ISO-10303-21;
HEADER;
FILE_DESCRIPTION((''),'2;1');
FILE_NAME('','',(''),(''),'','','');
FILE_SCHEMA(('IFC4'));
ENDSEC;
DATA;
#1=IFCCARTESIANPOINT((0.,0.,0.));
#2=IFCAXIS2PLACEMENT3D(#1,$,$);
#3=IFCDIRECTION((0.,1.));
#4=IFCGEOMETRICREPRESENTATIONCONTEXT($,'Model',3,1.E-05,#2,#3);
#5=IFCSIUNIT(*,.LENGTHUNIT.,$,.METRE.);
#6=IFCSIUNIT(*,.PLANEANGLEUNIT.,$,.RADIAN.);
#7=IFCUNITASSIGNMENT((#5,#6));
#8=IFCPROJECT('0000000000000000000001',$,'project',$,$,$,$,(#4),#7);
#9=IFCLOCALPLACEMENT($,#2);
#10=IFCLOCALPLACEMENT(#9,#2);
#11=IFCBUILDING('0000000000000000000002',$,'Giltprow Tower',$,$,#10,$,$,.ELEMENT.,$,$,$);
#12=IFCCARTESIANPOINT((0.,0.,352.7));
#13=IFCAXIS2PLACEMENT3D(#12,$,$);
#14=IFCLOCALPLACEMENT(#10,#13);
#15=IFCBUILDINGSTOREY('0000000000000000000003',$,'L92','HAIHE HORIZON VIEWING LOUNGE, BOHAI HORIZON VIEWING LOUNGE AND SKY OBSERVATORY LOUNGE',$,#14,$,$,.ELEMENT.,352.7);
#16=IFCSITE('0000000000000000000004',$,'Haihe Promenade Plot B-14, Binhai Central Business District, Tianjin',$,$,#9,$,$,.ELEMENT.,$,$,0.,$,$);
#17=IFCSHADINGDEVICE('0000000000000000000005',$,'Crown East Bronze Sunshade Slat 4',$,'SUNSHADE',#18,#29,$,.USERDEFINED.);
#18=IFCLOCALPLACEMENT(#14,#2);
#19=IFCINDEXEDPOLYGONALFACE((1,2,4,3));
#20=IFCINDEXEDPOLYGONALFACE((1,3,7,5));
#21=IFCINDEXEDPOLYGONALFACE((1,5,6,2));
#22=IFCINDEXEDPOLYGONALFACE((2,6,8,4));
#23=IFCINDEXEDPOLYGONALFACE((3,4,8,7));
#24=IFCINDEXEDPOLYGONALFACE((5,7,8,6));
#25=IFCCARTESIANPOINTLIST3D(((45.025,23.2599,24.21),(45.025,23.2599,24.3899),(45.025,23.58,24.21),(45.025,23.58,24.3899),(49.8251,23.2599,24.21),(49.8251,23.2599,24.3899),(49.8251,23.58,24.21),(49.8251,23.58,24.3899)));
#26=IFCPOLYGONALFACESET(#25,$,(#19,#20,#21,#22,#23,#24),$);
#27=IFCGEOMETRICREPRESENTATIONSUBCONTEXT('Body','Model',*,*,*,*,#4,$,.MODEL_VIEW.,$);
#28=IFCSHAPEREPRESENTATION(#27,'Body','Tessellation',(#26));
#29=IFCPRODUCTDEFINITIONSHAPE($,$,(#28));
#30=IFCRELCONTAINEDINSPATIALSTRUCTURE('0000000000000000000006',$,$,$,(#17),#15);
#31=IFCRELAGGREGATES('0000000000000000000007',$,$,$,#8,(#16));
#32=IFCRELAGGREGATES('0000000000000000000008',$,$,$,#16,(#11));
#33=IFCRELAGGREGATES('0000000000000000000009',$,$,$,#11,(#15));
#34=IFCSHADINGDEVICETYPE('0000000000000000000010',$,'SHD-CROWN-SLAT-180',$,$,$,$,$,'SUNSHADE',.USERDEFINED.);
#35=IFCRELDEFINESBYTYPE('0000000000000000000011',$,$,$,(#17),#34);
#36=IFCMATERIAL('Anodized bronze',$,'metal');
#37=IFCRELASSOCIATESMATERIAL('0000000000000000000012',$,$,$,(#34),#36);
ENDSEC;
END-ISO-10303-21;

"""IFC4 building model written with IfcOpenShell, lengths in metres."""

from ifc_helpers import new_model, si_unit, direction, frame, origin, origin_2d, place, context, subcontext, project, spatial, rectangle, extrude, source, transform, mapped, material, type_object, element, save


model = new_model("IFC4")

# Units and contexts
model_context = context("Model", 3, precision=1e-05, world=origin(), true_north=direction((0.0, 1.0)))
body_context = subcontext(model_context, "Body", "Model", "MODEL_VIEW")
ifc_project = project(units=[si_unit("LENGTHUNIT", "METRE"), si_unit("PLANEANGLEUNIT", "RADIAN")], contexts=[model_context])

# Site, building, storey
site_placement = place(None, origin())
site = spatial("IfcSite", under=ifc_project, at=site_placement, Name="Haihe Promenade Plot B-14, Binhai Central Business District, Tianjin", CompositionType="ELEMENT", RefElevation=0.0)
building_placement = place(site_placement, origin())
building = spatial("IfcBuilding", under=site, at=building_placement, Name="Giltprow Tower", CompositionType="ELEMENT")
storey_placement = place(building_placement, frame((0.0, 0.0, 352.7)))
storey = spatial("IfcBuildingStorey", under=building, at=storey_placement, Name="L92", Description="HAIHE HORIZON VIEWING LOUNGE, BOHAI HORIZON VIEWING LOUNGE AND SKY OBSERVATORY LOUNGE", CompositionType="ELEMENT", Elevation=352.7)

# Shared definitions
ifc_material_1 = material(Name="Anodized bronze", Category="metal")

# Shading device
shading_device_type = type_object("IfcShadingDeviceType", Name="SHD-CROWN-SLAT-180", ElementType="SUNSHADE", PredefinedType="USERDEFINED", material=ifc_material_1)
shared_shape_1 = source(origin(), body_context, "Body", "SweptSolid", [
    extrude(rectangle(XDim=4.8, YDim=0.3201, at=origin_2d()), origin(), (0.0, 0.0, 1.0), 0.1799),
])
for number, where, z_axis, x_axis, name in (
    (1, (47.425, 23.4199, 24.21), (0.0, 0.0, 1.0), (1.0, 0.0, 0.0), "Crown East Bronze Sunshade Slat 4"),
):
    element("IfcShadingDevice", number, at=place(storey_placement, frame(where, z_axis=z_axis, x_axis=x_axis)), inside=storey, type_object=shading_device_type, Name=name, ObjectType="SUNSHADE", PredefinedType="USERDEFINED", context=body_context, shape_type="MappedRepresentation", body=[
        mapped(shared_shape_1, transform((0.0, 0.0, 0.0), x_axis=(1.0, 0.0, 0.0), y_axis=(0.0, 1.0, 0.0), z_axis=(0.0, 0.0, 1.0), scale=1.0)),
    ])

save(model, "model.ifc")
